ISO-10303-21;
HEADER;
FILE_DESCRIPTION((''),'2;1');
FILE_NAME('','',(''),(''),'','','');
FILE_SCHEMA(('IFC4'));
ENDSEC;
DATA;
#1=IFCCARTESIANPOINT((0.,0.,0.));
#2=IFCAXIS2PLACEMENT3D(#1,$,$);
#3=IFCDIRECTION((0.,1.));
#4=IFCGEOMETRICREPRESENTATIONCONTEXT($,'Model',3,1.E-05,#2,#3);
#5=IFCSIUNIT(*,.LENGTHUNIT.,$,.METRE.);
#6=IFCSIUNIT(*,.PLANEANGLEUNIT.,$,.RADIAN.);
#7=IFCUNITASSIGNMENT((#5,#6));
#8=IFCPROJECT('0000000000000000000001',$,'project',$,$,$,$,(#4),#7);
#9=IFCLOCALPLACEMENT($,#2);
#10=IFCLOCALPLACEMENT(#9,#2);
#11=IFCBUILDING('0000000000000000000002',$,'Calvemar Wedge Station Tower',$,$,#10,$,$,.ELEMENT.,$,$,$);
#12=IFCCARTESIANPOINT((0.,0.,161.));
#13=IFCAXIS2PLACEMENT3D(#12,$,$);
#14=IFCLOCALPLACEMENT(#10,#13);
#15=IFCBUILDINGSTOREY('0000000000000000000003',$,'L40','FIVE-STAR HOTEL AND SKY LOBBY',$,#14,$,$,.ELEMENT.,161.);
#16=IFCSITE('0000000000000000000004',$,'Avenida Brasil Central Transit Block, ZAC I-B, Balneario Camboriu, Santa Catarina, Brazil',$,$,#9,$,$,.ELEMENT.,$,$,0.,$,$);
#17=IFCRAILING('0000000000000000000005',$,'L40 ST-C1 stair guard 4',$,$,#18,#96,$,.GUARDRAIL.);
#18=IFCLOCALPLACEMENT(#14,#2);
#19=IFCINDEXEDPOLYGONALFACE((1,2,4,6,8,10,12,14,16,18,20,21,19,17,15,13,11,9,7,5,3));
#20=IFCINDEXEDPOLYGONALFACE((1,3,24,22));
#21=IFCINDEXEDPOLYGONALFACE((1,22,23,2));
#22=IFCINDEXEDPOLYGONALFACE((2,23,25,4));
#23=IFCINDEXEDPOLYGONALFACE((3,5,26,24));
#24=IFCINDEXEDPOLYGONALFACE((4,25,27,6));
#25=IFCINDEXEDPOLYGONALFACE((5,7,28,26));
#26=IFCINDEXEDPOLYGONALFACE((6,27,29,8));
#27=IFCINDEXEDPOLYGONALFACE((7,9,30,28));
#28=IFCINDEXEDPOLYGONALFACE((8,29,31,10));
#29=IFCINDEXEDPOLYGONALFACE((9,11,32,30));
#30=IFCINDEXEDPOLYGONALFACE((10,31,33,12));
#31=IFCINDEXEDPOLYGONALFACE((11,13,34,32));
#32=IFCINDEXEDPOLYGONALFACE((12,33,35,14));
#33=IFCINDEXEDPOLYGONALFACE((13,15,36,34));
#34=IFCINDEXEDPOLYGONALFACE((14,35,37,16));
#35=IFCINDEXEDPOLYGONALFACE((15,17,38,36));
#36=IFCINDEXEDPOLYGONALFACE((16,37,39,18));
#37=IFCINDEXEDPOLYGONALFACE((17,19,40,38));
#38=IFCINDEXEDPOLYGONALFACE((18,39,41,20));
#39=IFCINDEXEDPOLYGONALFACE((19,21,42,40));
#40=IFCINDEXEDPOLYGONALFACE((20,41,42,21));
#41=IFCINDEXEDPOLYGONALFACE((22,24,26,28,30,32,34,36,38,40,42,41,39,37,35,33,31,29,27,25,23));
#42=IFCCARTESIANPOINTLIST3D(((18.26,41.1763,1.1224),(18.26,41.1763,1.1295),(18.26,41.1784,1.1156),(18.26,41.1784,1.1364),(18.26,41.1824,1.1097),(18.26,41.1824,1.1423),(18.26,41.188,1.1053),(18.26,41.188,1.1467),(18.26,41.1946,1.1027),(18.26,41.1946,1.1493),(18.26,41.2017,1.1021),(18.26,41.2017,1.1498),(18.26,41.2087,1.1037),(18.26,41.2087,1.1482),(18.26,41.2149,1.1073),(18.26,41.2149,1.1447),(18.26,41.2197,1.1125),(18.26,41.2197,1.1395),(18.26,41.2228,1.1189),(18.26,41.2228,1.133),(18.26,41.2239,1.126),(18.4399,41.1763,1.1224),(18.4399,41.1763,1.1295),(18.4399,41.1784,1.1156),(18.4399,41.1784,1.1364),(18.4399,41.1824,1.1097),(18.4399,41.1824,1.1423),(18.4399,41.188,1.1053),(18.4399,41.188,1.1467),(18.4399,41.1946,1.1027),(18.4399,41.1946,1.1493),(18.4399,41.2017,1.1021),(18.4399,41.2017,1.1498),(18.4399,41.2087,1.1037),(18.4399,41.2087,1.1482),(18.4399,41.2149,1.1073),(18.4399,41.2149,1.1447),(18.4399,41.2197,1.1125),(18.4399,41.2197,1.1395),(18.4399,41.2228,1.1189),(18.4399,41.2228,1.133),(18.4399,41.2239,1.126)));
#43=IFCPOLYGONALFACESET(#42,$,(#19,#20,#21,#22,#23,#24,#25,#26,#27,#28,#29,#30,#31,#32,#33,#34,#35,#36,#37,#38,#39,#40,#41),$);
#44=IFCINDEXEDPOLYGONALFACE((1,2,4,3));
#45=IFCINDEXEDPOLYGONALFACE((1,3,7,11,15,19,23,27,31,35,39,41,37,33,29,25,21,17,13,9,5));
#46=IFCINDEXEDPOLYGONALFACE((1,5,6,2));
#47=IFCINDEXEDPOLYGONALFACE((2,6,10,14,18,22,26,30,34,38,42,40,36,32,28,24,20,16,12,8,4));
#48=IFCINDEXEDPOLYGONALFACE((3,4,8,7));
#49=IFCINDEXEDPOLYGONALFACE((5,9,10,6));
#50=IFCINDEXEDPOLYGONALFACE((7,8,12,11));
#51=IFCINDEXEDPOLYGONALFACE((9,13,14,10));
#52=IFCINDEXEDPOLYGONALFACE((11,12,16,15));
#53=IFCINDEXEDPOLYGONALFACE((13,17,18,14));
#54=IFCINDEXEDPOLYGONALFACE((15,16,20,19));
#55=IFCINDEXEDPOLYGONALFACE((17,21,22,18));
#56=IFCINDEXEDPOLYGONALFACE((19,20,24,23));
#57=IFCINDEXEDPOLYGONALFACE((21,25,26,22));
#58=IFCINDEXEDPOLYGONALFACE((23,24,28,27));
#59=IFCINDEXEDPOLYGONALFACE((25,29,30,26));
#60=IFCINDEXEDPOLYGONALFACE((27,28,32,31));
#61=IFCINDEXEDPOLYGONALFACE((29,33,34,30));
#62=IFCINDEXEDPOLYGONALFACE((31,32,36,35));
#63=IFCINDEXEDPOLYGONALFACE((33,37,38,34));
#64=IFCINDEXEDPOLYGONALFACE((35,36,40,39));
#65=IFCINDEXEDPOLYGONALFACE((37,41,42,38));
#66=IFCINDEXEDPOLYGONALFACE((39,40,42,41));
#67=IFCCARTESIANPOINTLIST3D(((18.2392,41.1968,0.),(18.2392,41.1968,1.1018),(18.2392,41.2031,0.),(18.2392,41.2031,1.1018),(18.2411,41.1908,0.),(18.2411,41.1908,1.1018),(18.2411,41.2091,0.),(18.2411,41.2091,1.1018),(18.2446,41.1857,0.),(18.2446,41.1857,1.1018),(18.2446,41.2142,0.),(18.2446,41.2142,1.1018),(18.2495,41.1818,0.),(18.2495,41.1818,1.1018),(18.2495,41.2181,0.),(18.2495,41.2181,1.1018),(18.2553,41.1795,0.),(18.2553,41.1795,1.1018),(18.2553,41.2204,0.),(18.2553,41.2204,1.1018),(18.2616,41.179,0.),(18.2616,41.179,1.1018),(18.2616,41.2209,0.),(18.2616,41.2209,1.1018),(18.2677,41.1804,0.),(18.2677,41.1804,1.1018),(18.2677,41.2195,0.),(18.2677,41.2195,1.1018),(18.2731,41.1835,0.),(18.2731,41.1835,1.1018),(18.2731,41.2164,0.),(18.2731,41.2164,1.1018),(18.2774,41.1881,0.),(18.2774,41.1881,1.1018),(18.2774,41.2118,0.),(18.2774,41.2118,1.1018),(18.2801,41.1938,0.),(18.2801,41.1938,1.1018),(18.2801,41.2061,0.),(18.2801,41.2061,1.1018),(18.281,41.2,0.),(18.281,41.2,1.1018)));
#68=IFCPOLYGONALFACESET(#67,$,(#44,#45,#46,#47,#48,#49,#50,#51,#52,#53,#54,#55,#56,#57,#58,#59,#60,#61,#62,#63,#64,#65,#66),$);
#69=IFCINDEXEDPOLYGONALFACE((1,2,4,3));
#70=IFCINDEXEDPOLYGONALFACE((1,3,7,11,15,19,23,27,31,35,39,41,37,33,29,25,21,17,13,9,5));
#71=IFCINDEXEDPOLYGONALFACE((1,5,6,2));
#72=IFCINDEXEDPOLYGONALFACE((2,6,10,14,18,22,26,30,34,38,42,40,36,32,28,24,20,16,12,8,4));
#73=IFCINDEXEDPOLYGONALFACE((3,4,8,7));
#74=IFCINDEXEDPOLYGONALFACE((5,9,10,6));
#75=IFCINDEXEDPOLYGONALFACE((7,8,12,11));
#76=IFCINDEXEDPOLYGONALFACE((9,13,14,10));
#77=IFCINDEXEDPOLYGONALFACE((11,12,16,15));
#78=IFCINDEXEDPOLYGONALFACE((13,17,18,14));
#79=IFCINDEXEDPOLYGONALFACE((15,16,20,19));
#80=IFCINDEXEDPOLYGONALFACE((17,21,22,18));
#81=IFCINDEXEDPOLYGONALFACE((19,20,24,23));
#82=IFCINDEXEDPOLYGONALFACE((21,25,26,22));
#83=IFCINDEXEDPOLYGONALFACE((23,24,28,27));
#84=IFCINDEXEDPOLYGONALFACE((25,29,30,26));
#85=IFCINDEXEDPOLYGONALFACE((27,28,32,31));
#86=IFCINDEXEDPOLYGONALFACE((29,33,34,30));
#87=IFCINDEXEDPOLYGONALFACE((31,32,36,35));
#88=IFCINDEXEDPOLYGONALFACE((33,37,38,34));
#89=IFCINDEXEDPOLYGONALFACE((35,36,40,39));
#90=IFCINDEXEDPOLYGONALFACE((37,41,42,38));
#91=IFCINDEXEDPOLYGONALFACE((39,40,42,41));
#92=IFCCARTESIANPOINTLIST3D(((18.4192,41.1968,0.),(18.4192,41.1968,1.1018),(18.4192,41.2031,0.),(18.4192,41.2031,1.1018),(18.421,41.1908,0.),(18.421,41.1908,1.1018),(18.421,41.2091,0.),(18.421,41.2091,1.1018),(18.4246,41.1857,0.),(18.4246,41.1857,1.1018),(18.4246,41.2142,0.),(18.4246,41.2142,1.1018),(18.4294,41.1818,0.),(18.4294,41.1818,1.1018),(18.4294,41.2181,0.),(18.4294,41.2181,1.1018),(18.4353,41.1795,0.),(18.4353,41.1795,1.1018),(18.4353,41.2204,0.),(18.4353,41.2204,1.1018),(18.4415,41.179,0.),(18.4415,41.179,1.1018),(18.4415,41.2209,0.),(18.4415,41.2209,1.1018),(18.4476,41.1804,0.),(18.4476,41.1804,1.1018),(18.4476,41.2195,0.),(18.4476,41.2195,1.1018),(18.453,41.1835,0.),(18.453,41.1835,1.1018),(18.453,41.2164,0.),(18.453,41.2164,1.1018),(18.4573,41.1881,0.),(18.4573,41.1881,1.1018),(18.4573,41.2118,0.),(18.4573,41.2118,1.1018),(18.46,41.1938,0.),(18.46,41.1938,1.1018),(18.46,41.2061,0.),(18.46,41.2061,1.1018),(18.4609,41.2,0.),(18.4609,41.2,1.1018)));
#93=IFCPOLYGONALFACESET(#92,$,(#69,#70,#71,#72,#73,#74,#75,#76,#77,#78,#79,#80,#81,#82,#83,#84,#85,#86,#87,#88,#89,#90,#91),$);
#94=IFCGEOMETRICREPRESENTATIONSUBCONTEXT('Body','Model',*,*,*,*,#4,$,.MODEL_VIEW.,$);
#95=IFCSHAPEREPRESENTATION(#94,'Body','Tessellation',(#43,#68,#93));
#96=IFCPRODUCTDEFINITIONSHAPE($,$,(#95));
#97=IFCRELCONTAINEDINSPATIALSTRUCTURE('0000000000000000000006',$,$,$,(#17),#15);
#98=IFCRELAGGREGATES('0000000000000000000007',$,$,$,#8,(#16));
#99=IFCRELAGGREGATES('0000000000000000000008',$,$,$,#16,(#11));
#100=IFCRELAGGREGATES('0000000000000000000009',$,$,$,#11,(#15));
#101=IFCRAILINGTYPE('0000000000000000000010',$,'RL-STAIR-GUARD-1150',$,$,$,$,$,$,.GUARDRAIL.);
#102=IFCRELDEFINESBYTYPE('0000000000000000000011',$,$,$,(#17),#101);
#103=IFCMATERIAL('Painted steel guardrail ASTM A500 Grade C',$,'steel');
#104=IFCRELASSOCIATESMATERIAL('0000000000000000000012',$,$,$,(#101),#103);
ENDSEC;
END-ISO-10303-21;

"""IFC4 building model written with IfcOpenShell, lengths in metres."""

from ifc_helpers import new_model, si_unit, direction, frame, origin, origin_2d, place, context, subcontext, project, spatial, circle, extrude, material, type_object, element, save


model = new_model("IFC4")

# Units and contexts
model_context = context("Model", 3, precision=1e-05, world=origin(), true_north=direction((0.0, 1.0)))
body_context = subcontext(model_context, "Body", "Model", "MODEL_VIEW")
ifc_project = project(units=[si_unit("LENGTHUNIT", "METRE"), si_unit("PLANEANGLEUNIT", "RADIAN")], contexts=[model_context])

# Site, building, storey
site_placement = place(None, origin())
site = spatial("IfcSite", under=ifc_project, at=site_placement, Name="Avenida Brasil Central Transit Block, ZAC I-B, Balneario Camboriu, Santa Catarina, Brazil", CompositionType="ELEMENT", RefElevation=0.0)
building_placement = place(site_placement, origin())
building = spatial("IfcBuilding", under=site, at=building_placement, Name="Calvemar Wedge Station Tower", CompositionType="ELEMENT")
storey_placement = place(building_placement, frame((0.0, 0.0, 161.0)))
storey = spatial("IfcBuildingStorey", under=building, at=storey_placement, Name="L40", Description="FIVE-STAR HOTEL AND SKY LOBBY", CompositionType="ELEMENT", Elevation=161.0)

# Railing
ifc_material_1 = material(Name="Painted steel guardrail ASTM A500 Grade C", Category="steel")
railing_type = type_object("IfcRailingType", Name="RL-STAIR-GUARD-1150", PredefinedType="GUARDRAIL", material=ifc_material_1)
railing_1_placement = place(storey_placement, frame((18.26, 41.2, 0.0)))
element("IfcRailing", 1, at=railing_1_placement, inside=storey, type_object=railing_type, Name="L40 ST-C1 stair guard 4", PredefinedType="GUARDRAIL", context=body_context, shape_type="SweptSolid", body=[
    extrude(circle(Radius=0.0239, at=origin_2d()), frame((0.0, 0.0, 1.126), z_axis=(1.0, 0.0, 0.0), x_axis=(0.0, 1.0, 0.0)), (0.0, 0.0, 1.0), 0.1799),
    extrude(circle(Radius=0.021, at=origin_2d()), origin(), (0.0, 0.0, 1.0), 1.1018),
    extrude(circle(Radius=0.021, at=origin_2d()), frame((0.1799, 0.0, 0.0)), (0.0, 0.0, 1.0), 1.1018),
])

save(model, "model.ifc")
